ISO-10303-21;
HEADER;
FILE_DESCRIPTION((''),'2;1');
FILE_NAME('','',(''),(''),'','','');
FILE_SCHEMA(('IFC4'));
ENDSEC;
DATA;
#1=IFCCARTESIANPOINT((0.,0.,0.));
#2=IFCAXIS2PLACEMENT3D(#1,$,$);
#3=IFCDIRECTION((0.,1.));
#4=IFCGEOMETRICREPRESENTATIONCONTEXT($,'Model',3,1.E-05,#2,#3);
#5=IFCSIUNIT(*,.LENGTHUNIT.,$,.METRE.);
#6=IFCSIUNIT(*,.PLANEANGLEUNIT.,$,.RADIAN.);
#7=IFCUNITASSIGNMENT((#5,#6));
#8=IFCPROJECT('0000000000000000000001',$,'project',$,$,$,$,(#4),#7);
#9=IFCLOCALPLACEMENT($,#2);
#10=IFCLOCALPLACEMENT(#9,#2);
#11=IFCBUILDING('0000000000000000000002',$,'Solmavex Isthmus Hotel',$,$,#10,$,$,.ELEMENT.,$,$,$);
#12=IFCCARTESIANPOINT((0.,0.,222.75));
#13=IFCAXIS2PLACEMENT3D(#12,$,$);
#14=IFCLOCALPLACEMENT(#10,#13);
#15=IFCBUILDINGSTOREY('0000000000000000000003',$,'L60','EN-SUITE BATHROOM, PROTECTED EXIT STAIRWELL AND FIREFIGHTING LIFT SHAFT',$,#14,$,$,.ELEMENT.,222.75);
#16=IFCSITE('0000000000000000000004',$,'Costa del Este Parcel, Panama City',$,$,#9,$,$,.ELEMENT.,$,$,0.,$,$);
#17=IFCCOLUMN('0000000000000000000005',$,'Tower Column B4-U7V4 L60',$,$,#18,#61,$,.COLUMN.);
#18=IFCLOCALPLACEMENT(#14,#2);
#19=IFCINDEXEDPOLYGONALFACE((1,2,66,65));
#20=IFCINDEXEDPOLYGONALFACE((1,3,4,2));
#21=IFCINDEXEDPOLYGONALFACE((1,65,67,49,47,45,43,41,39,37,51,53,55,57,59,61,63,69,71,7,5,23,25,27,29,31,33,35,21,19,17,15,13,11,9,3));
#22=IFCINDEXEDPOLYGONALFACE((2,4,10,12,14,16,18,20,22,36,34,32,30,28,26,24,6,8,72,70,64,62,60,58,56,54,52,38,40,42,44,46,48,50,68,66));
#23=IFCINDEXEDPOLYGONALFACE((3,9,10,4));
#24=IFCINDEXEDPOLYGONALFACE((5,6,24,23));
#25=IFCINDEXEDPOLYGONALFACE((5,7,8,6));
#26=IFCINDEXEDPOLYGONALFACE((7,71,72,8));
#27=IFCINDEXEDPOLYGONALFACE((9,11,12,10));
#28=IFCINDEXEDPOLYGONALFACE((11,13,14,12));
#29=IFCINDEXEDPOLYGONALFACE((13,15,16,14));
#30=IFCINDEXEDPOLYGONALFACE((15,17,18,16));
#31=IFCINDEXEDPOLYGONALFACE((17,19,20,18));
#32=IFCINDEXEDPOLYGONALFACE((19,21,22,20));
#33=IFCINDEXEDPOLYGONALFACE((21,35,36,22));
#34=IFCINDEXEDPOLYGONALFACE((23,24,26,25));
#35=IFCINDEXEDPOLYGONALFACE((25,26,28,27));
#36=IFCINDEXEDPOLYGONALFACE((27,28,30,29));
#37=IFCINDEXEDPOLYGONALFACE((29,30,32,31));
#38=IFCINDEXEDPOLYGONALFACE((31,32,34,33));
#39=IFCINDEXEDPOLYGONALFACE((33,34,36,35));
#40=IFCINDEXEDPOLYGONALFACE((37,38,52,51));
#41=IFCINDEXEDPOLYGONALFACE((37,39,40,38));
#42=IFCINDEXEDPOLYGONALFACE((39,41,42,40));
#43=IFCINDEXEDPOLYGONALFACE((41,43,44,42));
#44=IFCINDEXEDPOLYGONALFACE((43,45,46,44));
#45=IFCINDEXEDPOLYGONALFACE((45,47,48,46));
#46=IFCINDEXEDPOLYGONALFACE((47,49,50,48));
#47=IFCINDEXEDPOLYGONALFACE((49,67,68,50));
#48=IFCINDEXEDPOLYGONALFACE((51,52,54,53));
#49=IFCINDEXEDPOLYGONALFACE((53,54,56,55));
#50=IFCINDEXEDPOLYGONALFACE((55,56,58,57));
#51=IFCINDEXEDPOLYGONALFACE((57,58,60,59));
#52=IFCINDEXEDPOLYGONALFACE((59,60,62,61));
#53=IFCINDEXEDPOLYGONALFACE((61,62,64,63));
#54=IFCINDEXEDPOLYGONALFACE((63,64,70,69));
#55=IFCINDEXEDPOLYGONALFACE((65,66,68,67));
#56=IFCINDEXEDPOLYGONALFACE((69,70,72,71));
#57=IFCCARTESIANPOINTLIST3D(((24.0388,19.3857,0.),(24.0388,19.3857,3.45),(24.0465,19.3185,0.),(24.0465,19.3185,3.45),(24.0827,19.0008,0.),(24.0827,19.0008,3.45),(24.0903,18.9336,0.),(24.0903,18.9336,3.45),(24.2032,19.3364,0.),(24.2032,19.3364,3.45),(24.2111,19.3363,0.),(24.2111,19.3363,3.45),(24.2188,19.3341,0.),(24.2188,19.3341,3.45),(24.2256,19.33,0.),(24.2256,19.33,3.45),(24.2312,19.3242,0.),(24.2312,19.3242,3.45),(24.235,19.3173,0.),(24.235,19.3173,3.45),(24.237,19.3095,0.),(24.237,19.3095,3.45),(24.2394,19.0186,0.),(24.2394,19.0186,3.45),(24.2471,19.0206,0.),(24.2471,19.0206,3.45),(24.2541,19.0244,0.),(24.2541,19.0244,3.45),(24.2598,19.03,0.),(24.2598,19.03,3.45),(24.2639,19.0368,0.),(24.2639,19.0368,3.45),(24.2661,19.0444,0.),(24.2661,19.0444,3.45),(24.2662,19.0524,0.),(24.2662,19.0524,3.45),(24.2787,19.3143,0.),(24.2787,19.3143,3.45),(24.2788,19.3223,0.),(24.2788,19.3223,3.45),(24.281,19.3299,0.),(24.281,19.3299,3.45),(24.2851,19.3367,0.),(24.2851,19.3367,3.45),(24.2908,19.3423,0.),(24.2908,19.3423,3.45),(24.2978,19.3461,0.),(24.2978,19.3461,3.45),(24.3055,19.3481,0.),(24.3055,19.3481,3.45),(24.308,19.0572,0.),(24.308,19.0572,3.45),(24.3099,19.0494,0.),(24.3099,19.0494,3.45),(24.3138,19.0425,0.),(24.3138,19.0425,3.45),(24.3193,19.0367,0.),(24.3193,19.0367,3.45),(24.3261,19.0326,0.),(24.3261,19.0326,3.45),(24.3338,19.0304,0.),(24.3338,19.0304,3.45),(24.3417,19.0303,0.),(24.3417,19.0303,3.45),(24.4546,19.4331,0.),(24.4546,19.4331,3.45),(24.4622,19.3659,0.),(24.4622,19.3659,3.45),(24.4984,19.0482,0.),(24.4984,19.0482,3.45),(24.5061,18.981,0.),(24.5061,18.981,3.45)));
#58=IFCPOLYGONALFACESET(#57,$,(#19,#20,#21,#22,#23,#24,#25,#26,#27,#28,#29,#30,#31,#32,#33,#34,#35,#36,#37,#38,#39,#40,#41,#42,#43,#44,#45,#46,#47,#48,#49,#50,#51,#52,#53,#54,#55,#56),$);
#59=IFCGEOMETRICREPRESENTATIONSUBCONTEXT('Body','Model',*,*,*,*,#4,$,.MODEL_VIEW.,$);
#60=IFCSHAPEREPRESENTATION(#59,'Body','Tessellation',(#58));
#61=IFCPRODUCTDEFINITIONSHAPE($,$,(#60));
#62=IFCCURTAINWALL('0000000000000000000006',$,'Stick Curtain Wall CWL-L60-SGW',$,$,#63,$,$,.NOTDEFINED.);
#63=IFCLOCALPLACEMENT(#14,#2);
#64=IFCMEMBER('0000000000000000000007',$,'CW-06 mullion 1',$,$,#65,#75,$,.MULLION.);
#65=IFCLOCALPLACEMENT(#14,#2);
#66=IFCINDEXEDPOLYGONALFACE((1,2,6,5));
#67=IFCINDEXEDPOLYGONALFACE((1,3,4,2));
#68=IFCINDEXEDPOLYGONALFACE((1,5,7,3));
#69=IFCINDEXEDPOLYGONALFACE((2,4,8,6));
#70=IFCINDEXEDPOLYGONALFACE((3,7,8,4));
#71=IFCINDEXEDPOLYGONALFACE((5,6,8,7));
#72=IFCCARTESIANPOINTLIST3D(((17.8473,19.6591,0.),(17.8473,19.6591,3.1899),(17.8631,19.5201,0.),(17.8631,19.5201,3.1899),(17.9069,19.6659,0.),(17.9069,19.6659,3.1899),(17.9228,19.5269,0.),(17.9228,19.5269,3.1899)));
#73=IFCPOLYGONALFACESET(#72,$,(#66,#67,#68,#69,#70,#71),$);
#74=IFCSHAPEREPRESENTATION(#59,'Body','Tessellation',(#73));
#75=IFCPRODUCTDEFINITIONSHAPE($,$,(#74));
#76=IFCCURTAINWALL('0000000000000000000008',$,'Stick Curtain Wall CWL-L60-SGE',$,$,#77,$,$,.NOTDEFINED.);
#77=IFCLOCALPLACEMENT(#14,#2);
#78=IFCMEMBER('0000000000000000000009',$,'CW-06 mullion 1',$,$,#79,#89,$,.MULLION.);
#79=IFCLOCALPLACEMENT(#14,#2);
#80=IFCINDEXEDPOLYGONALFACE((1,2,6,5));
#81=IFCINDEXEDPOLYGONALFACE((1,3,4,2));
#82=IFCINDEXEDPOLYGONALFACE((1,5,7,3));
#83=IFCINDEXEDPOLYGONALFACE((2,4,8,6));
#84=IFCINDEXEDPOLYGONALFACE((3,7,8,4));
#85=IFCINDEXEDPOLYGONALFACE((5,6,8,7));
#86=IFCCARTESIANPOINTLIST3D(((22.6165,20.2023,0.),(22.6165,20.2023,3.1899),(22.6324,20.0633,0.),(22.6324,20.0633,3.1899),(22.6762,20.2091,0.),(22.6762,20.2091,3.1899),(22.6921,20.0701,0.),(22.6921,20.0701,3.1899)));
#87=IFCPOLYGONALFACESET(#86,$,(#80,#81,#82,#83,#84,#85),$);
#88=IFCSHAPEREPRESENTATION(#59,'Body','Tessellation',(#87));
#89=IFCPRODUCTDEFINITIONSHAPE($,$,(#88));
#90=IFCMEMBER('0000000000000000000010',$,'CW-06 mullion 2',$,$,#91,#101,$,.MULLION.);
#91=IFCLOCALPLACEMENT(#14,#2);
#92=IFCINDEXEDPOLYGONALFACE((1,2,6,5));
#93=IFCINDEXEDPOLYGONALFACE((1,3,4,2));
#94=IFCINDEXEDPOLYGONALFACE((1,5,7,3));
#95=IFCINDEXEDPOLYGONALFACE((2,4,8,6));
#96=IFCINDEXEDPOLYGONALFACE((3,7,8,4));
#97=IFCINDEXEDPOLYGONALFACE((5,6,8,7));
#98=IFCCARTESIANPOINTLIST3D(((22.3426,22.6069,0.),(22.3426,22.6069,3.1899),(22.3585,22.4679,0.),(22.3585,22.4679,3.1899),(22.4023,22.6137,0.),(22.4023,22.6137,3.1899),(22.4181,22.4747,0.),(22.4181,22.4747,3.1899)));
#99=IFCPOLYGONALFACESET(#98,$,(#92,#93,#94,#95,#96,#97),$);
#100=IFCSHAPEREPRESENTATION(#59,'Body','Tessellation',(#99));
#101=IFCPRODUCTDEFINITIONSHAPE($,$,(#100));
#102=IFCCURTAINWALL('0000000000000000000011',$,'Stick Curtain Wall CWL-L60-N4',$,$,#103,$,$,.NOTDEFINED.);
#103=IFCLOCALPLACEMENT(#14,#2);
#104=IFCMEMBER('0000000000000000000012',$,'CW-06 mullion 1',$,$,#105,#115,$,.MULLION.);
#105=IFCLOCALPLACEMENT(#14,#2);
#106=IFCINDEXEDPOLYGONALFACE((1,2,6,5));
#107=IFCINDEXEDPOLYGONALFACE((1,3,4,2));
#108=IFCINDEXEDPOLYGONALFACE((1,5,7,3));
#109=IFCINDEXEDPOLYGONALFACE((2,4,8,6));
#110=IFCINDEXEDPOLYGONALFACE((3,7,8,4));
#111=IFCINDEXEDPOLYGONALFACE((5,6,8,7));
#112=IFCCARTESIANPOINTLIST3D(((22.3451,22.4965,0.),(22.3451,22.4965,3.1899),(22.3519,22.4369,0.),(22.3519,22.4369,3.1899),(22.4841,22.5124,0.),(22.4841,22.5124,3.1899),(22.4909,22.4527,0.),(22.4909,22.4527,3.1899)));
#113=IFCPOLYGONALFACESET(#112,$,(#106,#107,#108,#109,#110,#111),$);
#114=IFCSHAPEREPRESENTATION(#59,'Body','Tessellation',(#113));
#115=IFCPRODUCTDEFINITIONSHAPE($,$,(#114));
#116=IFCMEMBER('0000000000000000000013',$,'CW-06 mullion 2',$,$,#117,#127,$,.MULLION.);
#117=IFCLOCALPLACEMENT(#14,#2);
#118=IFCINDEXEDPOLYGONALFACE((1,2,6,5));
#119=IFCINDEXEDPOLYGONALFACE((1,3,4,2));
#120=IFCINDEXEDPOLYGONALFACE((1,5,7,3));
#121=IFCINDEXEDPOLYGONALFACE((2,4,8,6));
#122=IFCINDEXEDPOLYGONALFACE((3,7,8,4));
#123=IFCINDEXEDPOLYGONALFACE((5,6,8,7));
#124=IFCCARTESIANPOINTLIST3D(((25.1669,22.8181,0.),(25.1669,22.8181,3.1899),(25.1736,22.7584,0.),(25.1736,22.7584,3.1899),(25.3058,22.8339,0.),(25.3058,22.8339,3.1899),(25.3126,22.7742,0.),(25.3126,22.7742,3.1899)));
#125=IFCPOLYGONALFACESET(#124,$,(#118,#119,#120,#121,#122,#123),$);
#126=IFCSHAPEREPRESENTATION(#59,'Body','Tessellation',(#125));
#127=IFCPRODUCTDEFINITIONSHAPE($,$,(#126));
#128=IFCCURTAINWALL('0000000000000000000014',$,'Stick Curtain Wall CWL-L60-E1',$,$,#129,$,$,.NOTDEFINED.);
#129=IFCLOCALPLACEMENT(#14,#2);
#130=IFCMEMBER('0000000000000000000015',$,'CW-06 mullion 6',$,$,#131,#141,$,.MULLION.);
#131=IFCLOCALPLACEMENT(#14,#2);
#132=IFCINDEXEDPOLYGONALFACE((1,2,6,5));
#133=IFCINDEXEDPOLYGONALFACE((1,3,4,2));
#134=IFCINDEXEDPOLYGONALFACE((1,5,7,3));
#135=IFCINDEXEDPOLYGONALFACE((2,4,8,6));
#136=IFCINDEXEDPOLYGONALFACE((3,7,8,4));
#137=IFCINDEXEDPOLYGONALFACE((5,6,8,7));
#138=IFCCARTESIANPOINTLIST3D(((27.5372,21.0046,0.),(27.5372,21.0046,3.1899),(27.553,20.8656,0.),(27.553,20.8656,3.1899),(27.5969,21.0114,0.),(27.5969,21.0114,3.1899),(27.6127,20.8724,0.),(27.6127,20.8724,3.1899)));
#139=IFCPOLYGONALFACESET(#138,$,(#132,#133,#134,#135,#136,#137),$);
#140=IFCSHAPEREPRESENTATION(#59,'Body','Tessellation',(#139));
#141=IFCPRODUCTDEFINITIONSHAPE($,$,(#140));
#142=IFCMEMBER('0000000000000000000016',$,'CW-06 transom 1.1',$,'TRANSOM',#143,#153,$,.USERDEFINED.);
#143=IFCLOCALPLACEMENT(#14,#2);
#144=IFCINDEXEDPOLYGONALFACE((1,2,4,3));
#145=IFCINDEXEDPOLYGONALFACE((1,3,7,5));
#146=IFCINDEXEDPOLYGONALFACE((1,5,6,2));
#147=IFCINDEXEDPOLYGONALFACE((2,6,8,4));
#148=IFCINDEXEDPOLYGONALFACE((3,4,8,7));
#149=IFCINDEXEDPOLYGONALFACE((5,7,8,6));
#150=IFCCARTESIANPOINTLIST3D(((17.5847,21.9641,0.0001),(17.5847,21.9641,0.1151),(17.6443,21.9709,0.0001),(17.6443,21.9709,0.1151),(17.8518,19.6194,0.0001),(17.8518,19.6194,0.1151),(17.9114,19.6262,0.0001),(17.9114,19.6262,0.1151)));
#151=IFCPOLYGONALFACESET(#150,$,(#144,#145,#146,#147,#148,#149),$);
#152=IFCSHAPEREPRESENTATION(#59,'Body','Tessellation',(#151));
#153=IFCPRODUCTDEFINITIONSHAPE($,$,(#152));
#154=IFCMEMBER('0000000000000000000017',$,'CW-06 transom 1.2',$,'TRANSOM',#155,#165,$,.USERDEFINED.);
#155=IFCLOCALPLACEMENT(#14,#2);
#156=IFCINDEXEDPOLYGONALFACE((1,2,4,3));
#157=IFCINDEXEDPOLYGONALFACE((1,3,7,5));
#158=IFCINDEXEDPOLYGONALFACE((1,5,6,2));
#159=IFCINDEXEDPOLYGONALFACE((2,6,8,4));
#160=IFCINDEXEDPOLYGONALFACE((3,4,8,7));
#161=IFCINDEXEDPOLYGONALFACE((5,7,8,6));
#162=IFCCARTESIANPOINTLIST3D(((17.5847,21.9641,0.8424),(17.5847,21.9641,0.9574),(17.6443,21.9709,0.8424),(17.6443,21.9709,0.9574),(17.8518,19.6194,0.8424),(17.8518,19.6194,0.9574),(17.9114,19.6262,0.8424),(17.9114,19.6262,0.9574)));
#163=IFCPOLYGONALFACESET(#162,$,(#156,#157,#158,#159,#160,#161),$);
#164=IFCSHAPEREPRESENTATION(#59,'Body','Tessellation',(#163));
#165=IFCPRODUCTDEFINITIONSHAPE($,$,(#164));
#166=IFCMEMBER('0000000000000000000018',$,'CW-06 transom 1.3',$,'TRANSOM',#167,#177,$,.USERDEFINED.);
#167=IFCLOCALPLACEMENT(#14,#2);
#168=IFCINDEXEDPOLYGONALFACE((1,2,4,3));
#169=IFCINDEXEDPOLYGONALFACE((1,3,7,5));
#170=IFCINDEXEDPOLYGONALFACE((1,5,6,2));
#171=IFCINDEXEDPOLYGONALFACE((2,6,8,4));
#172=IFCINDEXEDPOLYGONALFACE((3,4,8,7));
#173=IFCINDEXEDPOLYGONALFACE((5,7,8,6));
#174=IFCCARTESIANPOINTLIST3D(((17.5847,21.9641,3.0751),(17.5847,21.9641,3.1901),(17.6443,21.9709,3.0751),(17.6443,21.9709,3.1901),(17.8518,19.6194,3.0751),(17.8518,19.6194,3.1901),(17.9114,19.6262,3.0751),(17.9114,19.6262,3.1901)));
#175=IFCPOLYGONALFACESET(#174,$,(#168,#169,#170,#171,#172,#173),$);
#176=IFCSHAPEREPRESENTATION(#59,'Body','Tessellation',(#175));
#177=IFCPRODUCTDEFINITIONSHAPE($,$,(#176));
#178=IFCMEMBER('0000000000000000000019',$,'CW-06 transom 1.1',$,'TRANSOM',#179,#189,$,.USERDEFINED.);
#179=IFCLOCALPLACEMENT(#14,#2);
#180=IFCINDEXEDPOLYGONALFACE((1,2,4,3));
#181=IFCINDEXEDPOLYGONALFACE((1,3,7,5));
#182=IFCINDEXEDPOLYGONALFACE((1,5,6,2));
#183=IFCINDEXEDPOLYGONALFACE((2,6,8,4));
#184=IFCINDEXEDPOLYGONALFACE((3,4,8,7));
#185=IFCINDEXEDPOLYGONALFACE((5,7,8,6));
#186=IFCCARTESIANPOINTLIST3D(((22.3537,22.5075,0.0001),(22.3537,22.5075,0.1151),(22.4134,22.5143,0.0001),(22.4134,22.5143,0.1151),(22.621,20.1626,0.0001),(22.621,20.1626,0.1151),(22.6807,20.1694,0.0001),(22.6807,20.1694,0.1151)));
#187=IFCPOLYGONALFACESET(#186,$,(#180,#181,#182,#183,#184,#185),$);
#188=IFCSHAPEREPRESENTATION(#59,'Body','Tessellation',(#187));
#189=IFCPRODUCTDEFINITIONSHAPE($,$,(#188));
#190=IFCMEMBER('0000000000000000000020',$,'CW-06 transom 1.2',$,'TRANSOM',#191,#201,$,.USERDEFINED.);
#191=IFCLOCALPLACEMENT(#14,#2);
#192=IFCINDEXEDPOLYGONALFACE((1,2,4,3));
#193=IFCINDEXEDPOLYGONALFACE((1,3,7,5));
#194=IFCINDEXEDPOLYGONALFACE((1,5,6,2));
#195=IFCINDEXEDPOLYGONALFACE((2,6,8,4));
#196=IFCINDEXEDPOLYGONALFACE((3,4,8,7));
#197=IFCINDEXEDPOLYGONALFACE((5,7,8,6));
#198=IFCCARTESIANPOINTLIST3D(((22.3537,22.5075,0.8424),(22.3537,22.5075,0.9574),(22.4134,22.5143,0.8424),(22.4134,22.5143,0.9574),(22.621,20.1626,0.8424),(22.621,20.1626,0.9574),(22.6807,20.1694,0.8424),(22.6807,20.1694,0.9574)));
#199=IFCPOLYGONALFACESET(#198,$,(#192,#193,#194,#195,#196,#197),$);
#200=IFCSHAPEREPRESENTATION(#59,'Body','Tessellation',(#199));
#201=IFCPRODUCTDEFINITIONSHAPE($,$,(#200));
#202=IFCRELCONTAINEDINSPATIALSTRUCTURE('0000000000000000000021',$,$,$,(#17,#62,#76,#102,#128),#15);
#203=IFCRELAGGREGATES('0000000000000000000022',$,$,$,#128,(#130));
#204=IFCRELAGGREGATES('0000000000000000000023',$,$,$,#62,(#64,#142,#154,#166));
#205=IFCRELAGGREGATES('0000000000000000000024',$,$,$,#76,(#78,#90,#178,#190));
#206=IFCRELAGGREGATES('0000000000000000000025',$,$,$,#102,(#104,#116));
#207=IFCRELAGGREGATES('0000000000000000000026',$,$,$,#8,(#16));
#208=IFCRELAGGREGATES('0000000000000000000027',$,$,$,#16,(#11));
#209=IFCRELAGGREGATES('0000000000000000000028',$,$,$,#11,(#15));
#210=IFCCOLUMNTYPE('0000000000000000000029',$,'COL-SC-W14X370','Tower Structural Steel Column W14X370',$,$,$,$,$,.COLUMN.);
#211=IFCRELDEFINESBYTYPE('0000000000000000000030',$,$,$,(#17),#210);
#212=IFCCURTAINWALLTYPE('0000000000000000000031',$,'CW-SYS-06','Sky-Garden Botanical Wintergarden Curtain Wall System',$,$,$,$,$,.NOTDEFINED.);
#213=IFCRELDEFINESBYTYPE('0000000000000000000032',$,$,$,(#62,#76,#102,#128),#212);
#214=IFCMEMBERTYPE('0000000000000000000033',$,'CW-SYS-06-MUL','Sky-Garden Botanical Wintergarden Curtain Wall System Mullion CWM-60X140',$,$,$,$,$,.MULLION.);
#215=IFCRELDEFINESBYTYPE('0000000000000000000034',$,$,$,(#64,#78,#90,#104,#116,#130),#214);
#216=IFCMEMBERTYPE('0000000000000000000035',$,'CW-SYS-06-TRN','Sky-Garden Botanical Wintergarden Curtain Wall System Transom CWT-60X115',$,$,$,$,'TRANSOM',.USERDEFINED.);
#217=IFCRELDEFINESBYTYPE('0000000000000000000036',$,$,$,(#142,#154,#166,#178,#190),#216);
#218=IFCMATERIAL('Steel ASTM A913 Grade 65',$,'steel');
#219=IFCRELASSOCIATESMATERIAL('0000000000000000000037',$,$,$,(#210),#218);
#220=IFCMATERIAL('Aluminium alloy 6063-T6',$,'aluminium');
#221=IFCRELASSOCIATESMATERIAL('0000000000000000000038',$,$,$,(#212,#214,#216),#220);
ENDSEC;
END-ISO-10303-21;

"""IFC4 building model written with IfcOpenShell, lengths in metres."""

from ifc_helpers import new_model, si_unit, direction, frame, origin, origin_2d, place, context, subcontext, project, spatial, rectangle, i_section, extrude, material, material_profile, profile_set, type_object, element, aggregate, save


model = new_model("IFC4")

# Units and contexts
model_context = context("Model", 3, precision=1e-05, world=origin(), true_north=direction((0.0, 1.0)))
body_context = subcontext(model_context, "Body", "Model", "MODEL_VIEW")
ifc_project = project(units=[si_unit("LENGTHUNIT", "METRE"), si_unit("PLANEANGLEUNIT", "RADIAN")], contexts=[model_context])

# Site, building, storey
site_placement = place(None, origin())
site = spatial("IfcSite", under=ifc_project, at=site_placement, Name="Costa del Este Parcel, Panama City", CompositionType="ELEMENT", RefElevation=0.0)
building_placement = place(site_placement, origin())
building = spatial("IfcBuilding", under=site, at=building_placement, Name="Solmavex Isthmus Hotel", CompositionType="ELEMENT")
storey_placement = place(building_placement, frame((0.0, 0.0, 222.75)))
storey = spatial("IfcBuildingStorey", under=building, at=storey_placement, Name="L60", Description="EN-SUITE BATHROOM, PROTECTED EXIT STAIRWELL AND FIREFIGHTING LIFT SHAFT", CompositionType="ELEMENT", Elevation=222.75)

# Column
ifc_material_1 = material(Name="Steel ASTM A913 Grade 65", Category="steel")
ifc_material_profile_1 = material_profile(ifc_material_1, i_section(OverallWidth=0.4185, OverallDepth=0.4551, WebThickness=0.042, FlangeThickness=0.0676, FilletRadius=0.0305, at=origin_2d()), Name="W14X370")
ifc_profile_set_1 = profile_set([ifc_material_profile_1], Name="Steel ASTM A913 Grade 65")
column_type = type_object("IfcColumnType", Name="COL-SC-W14X370", Description="Tower Structural Steel Column W14X370", PredefinedType="COLUMN", material=ifc_profile_set_1)
column_placement = place(storey_placement, frame((24.2725, 19.1833, 0.0), z_axis=(0.0, 0.0, 1.0), x_axis=(0.993572, 0.113203, 0.0)))
element("IfcColumn", 1, at=column_placement, inside=storey, type_object=column_type, Name="Tower Column B4-U7V4 L60", PredefinedType="COLUMN", context=body_context, shape_type="SweptSolid", body=[
    extrude(i_section(OverallWidth=0.4185, OverallDepth=0.4551, WebThickness=0.042, FlangeThickness=0.0676, FilletRadius=0.0305, at=origin_2d()), origin(), (0.0, 0.0, 1.0), 3.45),
])

# Curtain wall, member
ifc_material_2 = material(Name="Aluminium alloy 6063-T6", Category="aluminium")
curtain_wall_type = type_object("IfcCurtainWallType", Name="CW-SYS-06", Description="Sky-Garden Botanical Wintergarden Curtain Wall System", PredefinedType="NOTDEFINED", material=ifc_material_2)
curtain_wall_1_placement = place(storey_placement, origin())
curtain_wall_1 = element("IfcCurtainWall", 2, at=curtain_wall_1_placement, inside=storey, type_object=curtain_wall_type, Name="Stick Curtain Wall CWL-L60-SGW", PredefinedType="NOTDEFINED")
ifc_material_profile_2 = material_profile(ifc_material_2, rectangle(XDim=0.0601, YDim=0.1399, at=origin_2d()), Name="CWM-60X140")
ifc_profile_set_2 = profile_set([ifc_material_profile_2], Name="Aluminium alloy 6063-T6")
member_type_1 = type_object("IfcMemberType", Name="CW-SYS-06-MUL", Description="Sky-Garden Botanical Wintergarden Curtain Wall System Mullion CWM-60X140", PredefinedType="MULLION", material=ifc_profile_set_2)
member_1_placement = place(storey_placement, frame((17.885, 19.593, 0.0), z_axis=(0.0, 0.0, 1.0), x_axis=(-0.993572, -0.113202, 0.0)))
member_1 = element("IfcMember", 3, at=member_1_placement, type_object=member_type_1, Name="CW-06 mullion 1", PredefinedType="MULLION", context=body_context, shape_type="SweptSolid", body=[
    extrude(rectangle(XDim=0.0601, YDim=0.1399, at=origin_2d()), origin(), (0.0, 0.0, 1.0), 3.1899),
])

# Curtain walls, members
curtain_wall_2_placement = place(storey_placement, origin())
curtain_wall_2 = element("IfcCurtainWall", 4, at=curtain_wall_2_placement, inside=storey, type_object=curtain_wall_type, Name="Stick Curtain Wall CWL-L60-SGE", PredefinedType="NOTDEFINED")
member_2_placement = place(storey_placement, frame((22.6543, 20.1362, 0.0), z_axis=(0.0, 0.0, 1.0), x_axis=(-0.993572, -0.113202, 0.0)))
member_2 = element("IfcMember", 5, at=member_2_placement, type_object=member_type_1, Name="CW-06 mullion 1", PredefinedType="MULLION", context=body_context, shape_type="SweptSolid", body=[
    extrude(rectangle(XDim=0.0601, YDim=0.1399, at=origin_2d()), origin(), (0.0, 0.0, 1.0), 3.1899),
])
member_3_placement = place(storey_placement, frame((22.3804, 22.5408, 0.0), z_axis=(0.0, 0.0, 1.0), x_axis=(-0.993572, -0.113202, 0.0)))
member_3 = element("IfcMember", 6, at=member_3_placement, type_object=member_type_1, Name="CW-06 mullion 2", PredefinedType="MULLION", context=body_context, shape_type="SweptSolid", body=[
    extrude(rectangle(XDim=0.0601, YDim=0.1399, at=origin_2d()), origin(), (0.0, 0.0, 1.0), 3.1899),
])
curtain_wall_3_placement = place(storey_placement, origin())
curtain_wall_3 = element("IfcCurtainWall", 7, at=curtain_wall_3_placement, inside=storey, type_object=curtain_wall_type, Name="Stick Curtain Wall CWL-L60-N4", PredefinedType="NOTDEFINED")
member_4_placement = place(storey_placement, frame((22.418, 22.4746, 0.0), z_axis=(0.0, 0.0, 1.0), x_axis=(-0.113203, 0.993572, 0.0)))
member_4 = element("IfcMember", 8, at=member_4_placement, type_object=member_type_1, Name="CW-06 mullion 1", PredefinedType="MULLION", context=body_context, shape_type="SweptSolid", body=[
    extrude(rectangle(XDim=0.0601, YDim=0.1399, at=origin_2d()), origin(), (0.0, 0.0, 1.0), 3.1899),
])
member_5_placement = place(storey_placement, frame((25.2397, 22.7961, 0.0), z_axis=(0.0, 0.0, 1.0), x_axis=(-0.113203, 0.993572, 0.0)))
member_5 = element("IfcMember", 9, at=member_5_placement, type_object=member_type_1, Name="CW-06 mullion 2", PredefinedType="MULLION", context=body_context, shape_type="SweptSolid", body=[
    extrude(rectangle(XDim=0.0601, YDim=0.1399, at=origin_2d()), origin(), (0.0, 0.0, 1.0), 3.1899),
])

# Curtain wall, member
curtain_wall_4_placement = place(storey_placement, origin())
curtain_wall_4 = element("IfcCurtainWall", 10, at=curtain_wall_4_placement, inside=storey, type_object=curtain_wall_type, Name="Stick Curtain Wall CWL-L60-E1", PredefinedType="NOTDEFINED")
member_6_placement = place(storey_placement, frame((27.575, 20.9385, 0.0), z_axis=(0.0, 0.0, 1.0), x_axis=(-0.993572, -0.113203, 0.0)))
member_6 = element("IfcMember", 11, at=member_6_placement, type_object=member_type_1, Name="CW-06 mullion 6", PredefinedType="MULLION", context=body_context, shape_type="SweptSolid", body=[
    extrude(rectangle(XDim=0.0601, YDim=0.1399, at=origin_2d()), origin(), (0.0, 0.0, 1.0), 3.1899),
])
aggregate(curtain_wall_4, [member_6])

# Members
ifc_material_profile_3 = material_profile(ifc_material_2, rectangle(XDim=0.0601, YDim=0.115, at=origin_2d()), Name="CWT-60X115")
ifc_profile_set_3 = profile_set([ifc_material_profile_3], Name="Aluminium alloy 6063-T6")
member_type_2 = type_object("IfcMemberType", Name="CW-SYS-06-TRN", Description="Sky-Garden Botanical Wintergarden Curtain Wall System Transom CWT-60X115", ElementType="TRANSOM", PredefinedType="USERDEFINED", material=ifc_profile_set_3)
member_7_placement = place(storey_placement, frame((17.8816, 19.6228, 0.0576), z_axis=(-0.113179, 0.993575, 0.0), x_axis=(-0.993575, -0.113179, 0.0)))
member_7 = element("IfcMember", 12, at=member_7_placement, type_object=member_type_2, Name="CW-06 transom 1.1", ObjectType="TRANSOM", PredefinedType="USERDEFINED", context=body_context, shape_type="SweptSolid", body=[
    extrude(rectangle(XDim=0.0601, YDim=0.115, at=origin_2d()), origin(), (0.0, 0.0, 1.0), 2.3599),
])
member_8_placement = place(storey_placement, frame((17.8816, 19.6228, 0.8999), z_axis=(-0.113179, 0.993575, 0.0), x_axis=(-0.993575, -0.113179, 0.0)))
member_8 = element("IfcMember", 13, at=member_8_placement, type_object=member_type_2, Name="CW-06 transom 1.2", ObjectType="TRANSOM", PredefinedType="USERDEFINED", context=body_context, shape_type="SweptSolid", body=[
    extrude(rectangle(XDim=0.0601, YDim=0.115, at=origin_2d()), origin(), (0.0, 0.0, 1.0), 2.3599),
])
member_9_placement = place(storey_placement, frame((17.8816, 19.6228, 3.1326), z_axis=(-0.113179, 0.993575, 0.0), x_axis=(-0.993575, -0.113179, 0.0)))
member_9 = element("IfcMember", 14, at=member_9_placement, type_object=member_type_2, Name="CW-06 transom 1.3", ObjectType="TRANSOM", PredefinedType="USERDEFINED", context=body_context, shape_type="SweptSolid", body=[
    extrude(rectangle(XDim=0.0601, YDim=0.115, at=origin_2d()), origin(), (0.0, 0.0, 1.0), 2.3599),
])
aggregate(curtain_wall_1, [member_1, member_7, member_8, member_9])
member_10_placement = place(storey_placement, frame((22.6509, 20.166, 0.0576), z_axis=(-0.113269, 0.993564, 0.0), x_axis=(-0.993564, -0.113269, 0.0)))
member_10 = element("IfcMember", 15, at=member_10_placement, type_object=member_type_2, Name="CW-06 transom 1.1", ObjectType="TRANSOM", PredefinedType="USERDEFINED", context=body_context, shape_type="SweptSolid", body=[
    extrude(rectangle(XDim=0.0601, YDim=0.115, at=origin_2d()), origin(), (0.0, 0.0, 1.0), 2.3601),
])
member_11_placement = place(storey_placement, frame((22.6509, 20.166, 0.8999), z_axis=(-0.113269, 0.993564, 0.0), x_axis=(-0.993564, -0.113269, 0.0)))
member_11 = element("IfcMember", 16, at=member_11_placement, type_object=member_type_2, Name="CW-06 transom 1.2", ObjectType="TRANSOM", PredefinedType="USERDEFINED", context=body_context, shape_type="SweptSolid", body=[
    extrude(rectangle(XDim=0.0601, YDim=0.115, at=origin_2d()), origin(), (0.0, 0.0, 1.0), 2.3601),
])

aggregate(curtain_wall_2, [member_2, member_3, member_10, member_11])
aggregate(curtain_wall_3, [member_4, member_5])

save(model, "model.ifc")
